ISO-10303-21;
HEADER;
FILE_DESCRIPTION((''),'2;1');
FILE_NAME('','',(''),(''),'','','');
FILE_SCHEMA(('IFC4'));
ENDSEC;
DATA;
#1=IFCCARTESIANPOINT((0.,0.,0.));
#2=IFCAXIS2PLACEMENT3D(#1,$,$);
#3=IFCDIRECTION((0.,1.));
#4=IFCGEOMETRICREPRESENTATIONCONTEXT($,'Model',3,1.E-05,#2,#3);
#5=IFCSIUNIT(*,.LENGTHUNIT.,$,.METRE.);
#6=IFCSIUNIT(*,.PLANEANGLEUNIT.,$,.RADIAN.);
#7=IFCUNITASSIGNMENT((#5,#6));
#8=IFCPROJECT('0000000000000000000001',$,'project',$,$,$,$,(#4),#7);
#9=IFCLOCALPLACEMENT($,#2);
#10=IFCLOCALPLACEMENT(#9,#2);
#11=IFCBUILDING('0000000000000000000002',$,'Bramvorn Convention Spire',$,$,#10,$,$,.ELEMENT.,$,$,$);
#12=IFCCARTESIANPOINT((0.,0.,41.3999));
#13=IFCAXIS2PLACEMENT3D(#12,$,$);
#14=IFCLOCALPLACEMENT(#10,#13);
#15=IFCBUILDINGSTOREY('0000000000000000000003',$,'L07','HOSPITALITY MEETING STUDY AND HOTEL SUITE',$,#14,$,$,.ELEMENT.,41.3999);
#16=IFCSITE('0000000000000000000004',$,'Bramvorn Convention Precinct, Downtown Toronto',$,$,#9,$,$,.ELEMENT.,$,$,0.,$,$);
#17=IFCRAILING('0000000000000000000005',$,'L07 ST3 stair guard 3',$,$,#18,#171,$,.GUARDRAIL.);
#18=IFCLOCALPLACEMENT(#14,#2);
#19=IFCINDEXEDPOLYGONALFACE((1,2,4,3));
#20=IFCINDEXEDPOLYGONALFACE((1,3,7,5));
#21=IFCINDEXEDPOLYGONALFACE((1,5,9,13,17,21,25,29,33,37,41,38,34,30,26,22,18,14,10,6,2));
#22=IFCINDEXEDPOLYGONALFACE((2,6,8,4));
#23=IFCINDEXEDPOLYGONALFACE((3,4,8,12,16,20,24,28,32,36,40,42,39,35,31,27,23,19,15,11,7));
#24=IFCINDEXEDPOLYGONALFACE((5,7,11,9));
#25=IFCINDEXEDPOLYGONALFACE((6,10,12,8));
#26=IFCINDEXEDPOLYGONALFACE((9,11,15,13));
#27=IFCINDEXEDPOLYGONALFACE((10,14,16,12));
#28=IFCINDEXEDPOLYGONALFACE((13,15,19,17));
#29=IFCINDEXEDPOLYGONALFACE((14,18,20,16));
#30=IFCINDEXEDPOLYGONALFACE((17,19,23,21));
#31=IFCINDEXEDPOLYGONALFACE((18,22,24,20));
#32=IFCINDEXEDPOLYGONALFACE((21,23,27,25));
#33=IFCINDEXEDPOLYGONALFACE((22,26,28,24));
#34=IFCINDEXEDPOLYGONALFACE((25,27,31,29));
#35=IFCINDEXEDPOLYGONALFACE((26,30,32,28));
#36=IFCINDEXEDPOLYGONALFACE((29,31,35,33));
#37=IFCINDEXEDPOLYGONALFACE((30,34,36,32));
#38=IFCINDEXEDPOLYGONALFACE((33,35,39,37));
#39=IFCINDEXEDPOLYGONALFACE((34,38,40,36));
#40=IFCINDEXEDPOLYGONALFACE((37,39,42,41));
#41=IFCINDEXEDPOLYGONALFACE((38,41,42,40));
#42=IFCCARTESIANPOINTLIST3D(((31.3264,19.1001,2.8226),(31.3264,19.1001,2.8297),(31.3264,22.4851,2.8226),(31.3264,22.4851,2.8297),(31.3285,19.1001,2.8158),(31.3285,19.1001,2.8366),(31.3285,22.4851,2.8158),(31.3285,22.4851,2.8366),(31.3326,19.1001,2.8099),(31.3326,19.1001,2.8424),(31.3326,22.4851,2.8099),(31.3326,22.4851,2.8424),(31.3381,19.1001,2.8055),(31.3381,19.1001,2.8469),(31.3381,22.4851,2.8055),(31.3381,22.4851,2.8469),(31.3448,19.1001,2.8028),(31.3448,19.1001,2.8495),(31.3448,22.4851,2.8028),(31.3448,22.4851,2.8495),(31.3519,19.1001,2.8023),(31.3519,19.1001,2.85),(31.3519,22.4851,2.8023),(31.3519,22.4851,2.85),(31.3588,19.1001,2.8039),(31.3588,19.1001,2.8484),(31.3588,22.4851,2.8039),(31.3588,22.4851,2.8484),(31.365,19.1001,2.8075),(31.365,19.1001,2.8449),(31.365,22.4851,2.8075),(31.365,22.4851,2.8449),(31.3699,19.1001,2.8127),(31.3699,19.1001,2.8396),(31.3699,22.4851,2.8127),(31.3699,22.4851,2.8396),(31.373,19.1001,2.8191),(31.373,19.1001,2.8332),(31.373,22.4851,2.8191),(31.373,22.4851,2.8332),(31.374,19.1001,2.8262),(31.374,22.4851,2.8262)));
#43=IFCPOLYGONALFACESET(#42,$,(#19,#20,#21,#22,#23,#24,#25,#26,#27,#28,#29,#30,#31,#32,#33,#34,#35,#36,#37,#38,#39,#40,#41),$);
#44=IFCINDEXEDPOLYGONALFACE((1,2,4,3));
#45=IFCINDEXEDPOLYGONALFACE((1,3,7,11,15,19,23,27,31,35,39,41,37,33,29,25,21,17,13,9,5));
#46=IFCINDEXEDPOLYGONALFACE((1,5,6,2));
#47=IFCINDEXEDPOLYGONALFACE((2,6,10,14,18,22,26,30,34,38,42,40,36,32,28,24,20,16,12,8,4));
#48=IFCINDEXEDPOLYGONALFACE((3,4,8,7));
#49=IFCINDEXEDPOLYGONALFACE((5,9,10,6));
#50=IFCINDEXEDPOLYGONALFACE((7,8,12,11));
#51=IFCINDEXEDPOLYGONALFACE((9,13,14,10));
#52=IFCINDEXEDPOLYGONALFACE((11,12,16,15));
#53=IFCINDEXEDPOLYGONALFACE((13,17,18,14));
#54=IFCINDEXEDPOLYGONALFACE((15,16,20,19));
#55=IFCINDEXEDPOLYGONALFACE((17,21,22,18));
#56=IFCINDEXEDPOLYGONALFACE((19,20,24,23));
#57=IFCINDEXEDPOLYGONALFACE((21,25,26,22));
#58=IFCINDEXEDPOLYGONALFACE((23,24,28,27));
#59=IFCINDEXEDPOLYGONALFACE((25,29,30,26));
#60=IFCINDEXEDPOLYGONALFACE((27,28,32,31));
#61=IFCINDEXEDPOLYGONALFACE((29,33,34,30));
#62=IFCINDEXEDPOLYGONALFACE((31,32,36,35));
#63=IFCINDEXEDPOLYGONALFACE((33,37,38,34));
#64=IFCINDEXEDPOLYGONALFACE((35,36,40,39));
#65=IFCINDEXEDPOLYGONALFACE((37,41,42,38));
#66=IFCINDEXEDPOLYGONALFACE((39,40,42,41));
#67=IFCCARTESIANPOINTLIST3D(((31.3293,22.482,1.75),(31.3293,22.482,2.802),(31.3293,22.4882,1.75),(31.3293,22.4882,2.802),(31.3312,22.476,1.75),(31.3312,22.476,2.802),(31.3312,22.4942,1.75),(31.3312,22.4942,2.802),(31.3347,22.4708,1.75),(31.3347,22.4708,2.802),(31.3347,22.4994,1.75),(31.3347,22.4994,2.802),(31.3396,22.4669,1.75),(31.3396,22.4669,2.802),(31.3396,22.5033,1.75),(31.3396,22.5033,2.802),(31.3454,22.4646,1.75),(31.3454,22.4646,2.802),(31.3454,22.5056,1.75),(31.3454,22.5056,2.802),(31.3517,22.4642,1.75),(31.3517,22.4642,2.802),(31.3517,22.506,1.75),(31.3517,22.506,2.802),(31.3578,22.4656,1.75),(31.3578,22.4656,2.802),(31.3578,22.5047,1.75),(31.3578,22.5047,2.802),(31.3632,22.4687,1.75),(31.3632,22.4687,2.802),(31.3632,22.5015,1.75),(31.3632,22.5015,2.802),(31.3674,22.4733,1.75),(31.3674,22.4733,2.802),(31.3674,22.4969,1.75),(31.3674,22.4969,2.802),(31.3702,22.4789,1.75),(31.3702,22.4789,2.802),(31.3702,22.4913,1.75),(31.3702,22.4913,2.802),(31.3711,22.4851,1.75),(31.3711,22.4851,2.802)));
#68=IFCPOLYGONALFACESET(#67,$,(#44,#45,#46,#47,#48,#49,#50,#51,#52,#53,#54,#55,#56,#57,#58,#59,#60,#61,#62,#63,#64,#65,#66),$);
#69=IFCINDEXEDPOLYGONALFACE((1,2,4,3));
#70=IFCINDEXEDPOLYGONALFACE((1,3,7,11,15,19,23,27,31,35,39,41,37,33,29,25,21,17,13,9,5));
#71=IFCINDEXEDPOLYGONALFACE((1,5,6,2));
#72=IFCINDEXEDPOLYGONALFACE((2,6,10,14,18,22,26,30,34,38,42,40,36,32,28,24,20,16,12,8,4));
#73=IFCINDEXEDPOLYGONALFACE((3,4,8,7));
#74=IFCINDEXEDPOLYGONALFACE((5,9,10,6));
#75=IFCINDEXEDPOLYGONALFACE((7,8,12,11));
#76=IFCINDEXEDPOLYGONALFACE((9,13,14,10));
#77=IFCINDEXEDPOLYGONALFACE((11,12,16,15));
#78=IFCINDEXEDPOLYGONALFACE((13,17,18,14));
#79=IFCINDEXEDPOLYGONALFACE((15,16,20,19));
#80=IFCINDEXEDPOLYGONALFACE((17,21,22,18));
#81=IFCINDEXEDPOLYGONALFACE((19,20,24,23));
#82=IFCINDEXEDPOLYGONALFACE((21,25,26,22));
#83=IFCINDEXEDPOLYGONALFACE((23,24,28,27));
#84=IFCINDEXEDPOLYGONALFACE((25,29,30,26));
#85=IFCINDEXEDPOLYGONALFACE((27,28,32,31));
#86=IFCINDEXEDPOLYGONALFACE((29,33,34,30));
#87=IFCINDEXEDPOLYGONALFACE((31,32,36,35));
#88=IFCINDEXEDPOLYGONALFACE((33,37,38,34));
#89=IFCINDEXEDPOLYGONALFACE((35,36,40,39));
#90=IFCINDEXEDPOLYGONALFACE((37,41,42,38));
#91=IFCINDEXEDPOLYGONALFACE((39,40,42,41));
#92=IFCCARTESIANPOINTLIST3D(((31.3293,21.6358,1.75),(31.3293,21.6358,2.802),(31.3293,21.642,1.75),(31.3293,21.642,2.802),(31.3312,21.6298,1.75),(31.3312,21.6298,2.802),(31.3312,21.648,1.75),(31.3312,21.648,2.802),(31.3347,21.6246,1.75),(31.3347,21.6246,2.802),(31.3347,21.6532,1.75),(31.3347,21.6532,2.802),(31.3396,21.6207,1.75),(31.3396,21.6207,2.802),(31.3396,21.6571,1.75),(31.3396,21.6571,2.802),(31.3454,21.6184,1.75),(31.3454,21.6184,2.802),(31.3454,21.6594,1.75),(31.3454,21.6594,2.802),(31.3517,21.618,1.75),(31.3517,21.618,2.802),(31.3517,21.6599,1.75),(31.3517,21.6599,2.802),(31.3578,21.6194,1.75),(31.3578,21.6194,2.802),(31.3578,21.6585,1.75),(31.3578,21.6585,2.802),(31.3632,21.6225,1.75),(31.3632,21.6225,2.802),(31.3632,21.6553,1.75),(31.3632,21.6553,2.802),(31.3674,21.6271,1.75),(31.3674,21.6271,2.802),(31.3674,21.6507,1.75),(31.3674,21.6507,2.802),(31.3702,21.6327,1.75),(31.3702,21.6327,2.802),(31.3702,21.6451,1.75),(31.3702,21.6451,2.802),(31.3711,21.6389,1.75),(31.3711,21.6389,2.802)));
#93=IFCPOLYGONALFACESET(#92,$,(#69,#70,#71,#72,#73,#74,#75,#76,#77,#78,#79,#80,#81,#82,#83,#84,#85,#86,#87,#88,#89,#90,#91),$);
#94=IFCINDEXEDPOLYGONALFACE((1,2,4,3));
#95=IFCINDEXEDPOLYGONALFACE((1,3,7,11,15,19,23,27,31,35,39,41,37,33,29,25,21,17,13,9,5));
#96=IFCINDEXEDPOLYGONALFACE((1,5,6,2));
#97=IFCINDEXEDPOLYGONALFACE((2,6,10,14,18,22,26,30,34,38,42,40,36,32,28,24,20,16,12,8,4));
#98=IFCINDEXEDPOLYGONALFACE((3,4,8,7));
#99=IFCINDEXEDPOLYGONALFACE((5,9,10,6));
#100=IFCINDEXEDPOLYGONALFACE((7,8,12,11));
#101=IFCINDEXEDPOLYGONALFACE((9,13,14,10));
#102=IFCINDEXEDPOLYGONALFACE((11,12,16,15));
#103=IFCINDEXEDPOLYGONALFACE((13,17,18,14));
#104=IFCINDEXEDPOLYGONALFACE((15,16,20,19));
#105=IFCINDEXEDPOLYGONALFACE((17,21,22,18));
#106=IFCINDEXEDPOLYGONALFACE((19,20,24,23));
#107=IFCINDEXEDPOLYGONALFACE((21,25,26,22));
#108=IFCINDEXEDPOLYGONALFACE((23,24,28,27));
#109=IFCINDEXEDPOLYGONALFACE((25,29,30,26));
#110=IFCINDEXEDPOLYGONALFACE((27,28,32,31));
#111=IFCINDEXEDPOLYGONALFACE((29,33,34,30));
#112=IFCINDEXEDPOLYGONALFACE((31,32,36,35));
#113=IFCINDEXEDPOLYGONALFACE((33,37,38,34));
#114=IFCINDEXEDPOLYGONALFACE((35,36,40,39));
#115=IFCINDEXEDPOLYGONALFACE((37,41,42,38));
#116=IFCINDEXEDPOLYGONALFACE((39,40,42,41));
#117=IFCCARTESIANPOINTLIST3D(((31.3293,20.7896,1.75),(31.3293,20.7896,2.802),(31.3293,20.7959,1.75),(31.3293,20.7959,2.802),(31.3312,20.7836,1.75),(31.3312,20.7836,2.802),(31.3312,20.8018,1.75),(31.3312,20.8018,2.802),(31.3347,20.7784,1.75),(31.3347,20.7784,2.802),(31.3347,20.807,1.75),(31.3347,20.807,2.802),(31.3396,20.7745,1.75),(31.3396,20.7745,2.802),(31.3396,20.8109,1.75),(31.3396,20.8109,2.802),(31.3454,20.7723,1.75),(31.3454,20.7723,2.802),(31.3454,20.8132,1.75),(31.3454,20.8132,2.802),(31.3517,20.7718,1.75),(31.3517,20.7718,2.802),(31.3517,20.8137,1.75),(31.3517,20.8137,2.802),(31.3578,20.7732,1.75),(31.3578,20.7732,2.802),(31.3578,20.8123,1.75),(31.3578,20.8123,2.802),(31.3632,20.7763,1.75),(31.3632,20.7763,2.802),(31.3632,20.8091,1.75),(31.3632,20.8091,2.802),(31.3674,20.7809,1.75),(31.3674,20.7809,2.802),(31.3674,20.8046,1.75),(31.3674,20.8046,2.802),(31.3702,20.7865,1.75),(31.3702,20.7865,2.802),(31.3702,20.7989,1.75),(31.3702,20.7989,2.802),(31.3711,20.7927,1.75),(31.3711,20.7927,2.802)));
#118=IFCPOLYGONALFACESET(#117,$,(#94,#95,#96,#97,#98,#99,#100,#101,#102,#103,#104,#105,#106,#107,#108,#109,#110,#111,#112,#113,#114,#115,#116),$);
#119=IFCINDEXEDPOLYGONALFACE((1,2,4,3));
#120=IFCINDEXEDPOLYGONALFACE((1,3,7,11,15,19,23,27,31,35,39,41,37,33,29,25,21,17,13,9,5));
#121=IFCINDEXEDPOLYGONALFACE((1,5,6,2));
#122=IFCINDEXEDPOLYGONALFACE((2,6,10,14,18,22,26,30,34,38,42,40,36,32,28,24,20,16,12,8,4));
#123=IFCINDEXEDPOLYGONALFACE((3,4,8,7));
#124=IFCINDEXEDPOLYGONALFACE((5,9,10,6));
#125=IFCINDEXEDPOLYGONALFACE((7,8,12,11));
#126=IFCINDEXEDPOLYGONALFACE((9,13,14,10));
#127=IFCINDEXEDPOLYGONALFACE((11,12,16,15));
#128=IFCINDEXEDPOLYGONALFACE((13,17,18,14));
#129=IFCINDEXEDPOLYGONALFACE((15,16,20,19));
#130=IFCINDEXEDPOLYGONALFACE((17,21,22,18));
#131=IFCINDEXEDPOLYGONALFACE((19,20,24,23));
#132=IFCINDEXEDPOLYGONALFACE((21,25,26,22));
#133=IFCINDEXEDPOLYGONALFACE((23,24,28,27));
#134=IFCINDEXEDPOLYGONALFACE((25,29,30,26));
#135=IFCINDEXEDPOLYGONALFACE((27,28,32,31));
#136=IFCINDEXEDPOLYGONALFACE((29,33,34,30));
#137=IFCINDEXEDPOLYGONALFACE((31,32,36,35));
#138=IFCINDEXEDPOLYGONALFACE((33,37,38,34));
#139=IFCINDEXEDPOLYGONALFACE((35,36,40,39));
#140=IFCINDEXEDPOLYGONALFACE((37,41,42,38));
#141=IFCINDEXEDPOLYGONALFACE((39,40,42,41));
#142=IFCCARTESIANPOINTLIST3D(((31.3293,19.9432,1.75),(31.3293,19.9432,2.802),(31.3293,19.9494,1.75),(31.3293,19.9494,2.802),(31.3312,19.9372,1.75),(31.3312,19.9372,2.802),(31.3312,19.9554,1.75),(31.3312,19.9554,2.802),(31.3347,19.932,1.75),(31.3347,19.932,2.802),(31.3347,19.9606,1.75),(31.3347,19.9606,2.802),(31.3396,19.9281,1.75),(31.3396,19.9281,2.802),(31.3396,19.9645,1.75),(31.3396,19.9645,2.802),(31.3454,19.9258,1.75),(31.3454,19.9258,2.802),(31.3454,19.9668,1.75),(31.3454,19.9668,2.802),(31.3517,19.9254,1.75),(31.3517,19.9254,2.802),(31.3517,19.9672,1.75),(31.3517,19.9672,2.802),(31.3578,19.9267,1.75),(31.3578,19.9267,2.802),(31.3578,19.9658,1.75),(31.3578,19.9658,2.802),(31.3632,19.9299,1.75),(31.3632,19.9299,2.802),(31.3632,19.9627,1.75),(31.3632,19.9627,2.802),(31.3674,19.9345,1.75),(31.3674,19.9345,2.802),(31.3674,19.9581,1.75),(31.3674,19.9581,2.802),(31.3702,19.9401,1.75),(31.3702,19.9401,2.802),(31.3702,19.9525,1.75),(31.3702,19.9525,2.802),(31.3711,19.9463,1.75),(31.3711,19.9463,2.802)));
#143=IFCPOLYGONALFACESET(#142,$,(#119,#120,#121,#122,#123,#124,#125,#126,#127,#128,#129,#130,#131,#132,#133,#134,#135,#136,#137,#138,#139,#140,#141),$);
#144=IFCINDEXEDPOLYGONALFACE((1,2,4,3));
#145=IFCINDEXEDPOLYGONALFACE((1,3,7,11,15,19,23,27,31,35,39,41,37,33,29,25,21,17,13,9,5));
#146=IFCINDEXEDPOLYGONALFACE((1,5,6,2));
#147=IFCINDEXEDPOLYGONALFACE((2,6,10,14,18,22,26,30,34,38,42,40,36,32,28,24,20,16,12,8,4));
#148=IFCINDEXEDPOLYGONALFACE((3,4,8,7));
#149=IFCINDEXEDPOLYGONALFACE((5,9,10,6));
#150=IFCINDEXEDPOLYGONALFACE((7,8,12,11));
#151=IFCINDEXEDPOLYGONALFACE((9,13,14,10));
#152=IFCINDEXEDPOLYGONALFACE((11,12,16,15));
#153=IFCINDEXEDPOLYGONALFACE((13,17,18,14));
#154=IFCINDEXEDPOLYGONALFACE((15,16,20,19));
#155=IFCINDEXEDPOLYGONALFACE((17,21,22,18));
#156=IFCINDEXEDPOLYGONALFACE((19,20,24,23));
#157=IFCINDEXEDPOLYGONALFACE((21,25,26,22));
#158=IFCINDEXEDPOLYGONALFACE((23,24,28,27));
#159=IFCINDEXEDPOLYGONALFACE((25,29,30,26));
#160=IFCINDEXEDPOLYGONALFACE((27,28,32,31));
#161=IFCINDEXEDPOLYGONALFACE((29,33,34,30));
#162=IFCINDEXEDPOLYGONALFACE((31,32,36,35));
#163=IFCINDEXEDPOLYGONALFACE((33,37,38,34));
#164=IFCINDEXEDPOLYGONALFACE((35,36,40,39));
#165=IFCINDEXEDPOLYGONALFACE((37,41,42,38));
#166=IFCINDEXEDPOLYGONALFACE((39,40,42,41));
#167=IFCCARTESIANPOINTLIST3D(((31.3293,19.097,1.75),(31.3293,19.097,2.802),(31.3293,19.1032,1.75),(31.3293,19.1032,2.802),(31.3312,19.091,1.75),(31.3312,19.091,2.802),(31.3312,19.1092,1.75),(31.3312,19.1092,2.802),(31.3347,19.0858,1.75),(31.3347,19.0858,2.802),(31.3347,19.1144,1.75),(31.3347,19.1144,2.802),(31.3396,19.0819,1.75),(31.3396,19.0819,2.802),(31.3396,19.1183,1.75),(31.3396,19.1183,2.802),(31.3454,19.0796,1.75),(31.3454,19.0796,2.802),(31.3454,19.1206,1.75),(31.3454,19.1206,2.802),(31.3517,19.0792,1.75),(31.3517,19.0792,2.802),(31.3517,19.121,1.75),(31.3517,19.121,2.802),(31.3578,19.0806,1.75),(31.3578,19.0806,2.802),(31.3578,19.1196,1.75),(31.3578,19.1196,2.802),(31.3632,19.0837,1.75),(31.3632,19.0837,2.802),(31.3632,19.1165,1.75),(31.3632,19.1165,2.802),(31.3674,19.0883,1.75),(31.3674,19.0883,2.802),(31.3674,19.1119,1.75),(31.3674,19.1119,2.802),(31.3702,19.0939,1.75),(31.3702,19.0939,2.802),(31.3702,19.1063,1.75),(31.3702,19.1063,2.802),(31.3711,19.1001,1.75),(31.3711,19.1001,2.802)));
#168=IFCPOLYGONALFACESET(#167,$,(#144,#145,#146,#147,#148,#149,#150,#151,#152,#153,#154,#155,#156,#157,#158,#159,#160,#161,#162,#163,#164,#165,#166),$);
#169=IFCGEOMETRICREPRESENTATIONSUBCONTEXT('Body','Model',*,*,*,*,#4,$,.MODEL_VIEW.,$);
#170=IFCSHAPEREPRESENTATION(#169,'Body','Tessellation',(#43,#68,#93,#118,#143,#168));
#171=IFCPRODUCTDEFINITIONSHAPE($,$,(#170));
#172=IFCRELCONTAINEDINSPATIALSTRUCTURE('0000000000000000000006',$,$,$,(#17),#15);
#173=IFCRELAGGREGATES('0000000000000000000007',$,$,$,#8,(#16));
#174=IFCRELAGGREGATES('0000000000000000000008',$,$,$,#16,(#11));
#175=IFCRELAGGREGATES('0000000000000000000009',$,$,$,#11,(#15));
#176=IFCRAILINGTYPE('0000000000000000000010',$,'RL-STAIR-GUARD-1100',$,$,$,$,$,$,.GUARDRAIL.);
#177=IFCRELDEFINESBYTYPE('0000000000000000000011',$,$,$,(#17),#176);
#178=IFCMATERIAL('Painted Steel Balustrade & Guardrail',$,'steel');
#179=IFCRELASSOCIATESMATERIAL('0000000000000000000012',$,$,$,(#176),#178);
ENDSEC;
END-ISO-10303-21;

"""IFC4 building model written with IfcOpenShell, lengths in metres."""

from ifc_helpers import new_model, si_unit, direction, frame, origin, origin_2d, place, context, subcontext, project, spatial, circle, extrude, material, type_object, element, save


model = new_model("IFC4")

# Units and contexts
model_context = context("Model", 3, precision=1e-05, world=origin(), true_north=direction((0.0, 1.0)))
body_context = subcontext(model_context, "Body", "Model", "MODEL_VIEW")
ifc_project = project(units=[si_unit("LENGTHUNIT", "METRE"), si_unit("PLANEANGLEUNIT", "RADIAN")], contexts=[model_context])

# Site, building, storey
site_placement = place(None, origin())
site = spatial("IfcSite", under=ifc_project, at=site_placement, Name="Bramvorn Convention Precinct, Downtown Toronto", CompositionType="ELEMENT", RefElevation=0.0)
building_placement = place(site_placement, origin())
building = spatial("IfcBuilding", under=site, at=building_placement, Name="Bramvorn Convention Spire", CompositionType="ELEMENT")
storey_placement = place(building_placement, frame((0.0, 0.0, 41.3999)))
storey = spatial("IfcBuildingStorey", under=building, at=storey_placement, Name="L07", Description="HOSPITALITY MEETING STUDY AND HOTEL SUITE", CompositionType="ELEMENT", Elevation=41.3999)

# Railing
ifc_material_1 = material(Name="Painted Steel Balustrade & Guardrail", Category="steel")
railing_type_1 = type_object("IfcRailingType", Name="RL-STAIR-GUARD-1100", PredefinedType="GUARDRAIL", material=ifc_material_1)
railing_1_placement = place(storey_placement, frame((31.3501, 22.4851, 1.75)))
element("IfcRailing", 1, at=railing_1_placement, inside=storey, type_object=railing_type_1, Name="L07 ST3 stair guard 3", PredefinedType="GUARDRAIL", context=body_context, shape_type="SweptSolid", body=[
    extrude(circle(Radius=0.0239, at=origin_2d()), frame((0.0, 0.0, 1.0762), z_axis=(0.0, -1.0, 0.0), x_axis=(1.0, 0.0, 0.0)), (0.0, 0.0, 1.0), 3.385),
    extrude(circle(Radius=0.021, at=origin_2d()), origin(), (0.0, 0.0, 1.0), 1.052),
    extrude(circle(Radius=0.021, at=origin_2d()), frame((0.0, -0.8462, 0.0)), (0.0, 0.0, 1.0), 1.052),
    extrude(circle(Radius=0.021, at=origin_2d()), frame((0.0, -1.6924, 0.0)), (0.0, 0.0, 1.0), 1.052),
    extrude(circle(Radius=0.021, at=origin_2d()), frame((0.0, -2.5388, 0.0)), (0.0, 0.0, 1.0), 1.052),
    extrude(circle(Radius=0.021, at=origin_2d()), frame((0.0, -3.385, 0.0)), (0.0, 0.0, 1.0), 1.052),
])

save(model, "model.ifc")
